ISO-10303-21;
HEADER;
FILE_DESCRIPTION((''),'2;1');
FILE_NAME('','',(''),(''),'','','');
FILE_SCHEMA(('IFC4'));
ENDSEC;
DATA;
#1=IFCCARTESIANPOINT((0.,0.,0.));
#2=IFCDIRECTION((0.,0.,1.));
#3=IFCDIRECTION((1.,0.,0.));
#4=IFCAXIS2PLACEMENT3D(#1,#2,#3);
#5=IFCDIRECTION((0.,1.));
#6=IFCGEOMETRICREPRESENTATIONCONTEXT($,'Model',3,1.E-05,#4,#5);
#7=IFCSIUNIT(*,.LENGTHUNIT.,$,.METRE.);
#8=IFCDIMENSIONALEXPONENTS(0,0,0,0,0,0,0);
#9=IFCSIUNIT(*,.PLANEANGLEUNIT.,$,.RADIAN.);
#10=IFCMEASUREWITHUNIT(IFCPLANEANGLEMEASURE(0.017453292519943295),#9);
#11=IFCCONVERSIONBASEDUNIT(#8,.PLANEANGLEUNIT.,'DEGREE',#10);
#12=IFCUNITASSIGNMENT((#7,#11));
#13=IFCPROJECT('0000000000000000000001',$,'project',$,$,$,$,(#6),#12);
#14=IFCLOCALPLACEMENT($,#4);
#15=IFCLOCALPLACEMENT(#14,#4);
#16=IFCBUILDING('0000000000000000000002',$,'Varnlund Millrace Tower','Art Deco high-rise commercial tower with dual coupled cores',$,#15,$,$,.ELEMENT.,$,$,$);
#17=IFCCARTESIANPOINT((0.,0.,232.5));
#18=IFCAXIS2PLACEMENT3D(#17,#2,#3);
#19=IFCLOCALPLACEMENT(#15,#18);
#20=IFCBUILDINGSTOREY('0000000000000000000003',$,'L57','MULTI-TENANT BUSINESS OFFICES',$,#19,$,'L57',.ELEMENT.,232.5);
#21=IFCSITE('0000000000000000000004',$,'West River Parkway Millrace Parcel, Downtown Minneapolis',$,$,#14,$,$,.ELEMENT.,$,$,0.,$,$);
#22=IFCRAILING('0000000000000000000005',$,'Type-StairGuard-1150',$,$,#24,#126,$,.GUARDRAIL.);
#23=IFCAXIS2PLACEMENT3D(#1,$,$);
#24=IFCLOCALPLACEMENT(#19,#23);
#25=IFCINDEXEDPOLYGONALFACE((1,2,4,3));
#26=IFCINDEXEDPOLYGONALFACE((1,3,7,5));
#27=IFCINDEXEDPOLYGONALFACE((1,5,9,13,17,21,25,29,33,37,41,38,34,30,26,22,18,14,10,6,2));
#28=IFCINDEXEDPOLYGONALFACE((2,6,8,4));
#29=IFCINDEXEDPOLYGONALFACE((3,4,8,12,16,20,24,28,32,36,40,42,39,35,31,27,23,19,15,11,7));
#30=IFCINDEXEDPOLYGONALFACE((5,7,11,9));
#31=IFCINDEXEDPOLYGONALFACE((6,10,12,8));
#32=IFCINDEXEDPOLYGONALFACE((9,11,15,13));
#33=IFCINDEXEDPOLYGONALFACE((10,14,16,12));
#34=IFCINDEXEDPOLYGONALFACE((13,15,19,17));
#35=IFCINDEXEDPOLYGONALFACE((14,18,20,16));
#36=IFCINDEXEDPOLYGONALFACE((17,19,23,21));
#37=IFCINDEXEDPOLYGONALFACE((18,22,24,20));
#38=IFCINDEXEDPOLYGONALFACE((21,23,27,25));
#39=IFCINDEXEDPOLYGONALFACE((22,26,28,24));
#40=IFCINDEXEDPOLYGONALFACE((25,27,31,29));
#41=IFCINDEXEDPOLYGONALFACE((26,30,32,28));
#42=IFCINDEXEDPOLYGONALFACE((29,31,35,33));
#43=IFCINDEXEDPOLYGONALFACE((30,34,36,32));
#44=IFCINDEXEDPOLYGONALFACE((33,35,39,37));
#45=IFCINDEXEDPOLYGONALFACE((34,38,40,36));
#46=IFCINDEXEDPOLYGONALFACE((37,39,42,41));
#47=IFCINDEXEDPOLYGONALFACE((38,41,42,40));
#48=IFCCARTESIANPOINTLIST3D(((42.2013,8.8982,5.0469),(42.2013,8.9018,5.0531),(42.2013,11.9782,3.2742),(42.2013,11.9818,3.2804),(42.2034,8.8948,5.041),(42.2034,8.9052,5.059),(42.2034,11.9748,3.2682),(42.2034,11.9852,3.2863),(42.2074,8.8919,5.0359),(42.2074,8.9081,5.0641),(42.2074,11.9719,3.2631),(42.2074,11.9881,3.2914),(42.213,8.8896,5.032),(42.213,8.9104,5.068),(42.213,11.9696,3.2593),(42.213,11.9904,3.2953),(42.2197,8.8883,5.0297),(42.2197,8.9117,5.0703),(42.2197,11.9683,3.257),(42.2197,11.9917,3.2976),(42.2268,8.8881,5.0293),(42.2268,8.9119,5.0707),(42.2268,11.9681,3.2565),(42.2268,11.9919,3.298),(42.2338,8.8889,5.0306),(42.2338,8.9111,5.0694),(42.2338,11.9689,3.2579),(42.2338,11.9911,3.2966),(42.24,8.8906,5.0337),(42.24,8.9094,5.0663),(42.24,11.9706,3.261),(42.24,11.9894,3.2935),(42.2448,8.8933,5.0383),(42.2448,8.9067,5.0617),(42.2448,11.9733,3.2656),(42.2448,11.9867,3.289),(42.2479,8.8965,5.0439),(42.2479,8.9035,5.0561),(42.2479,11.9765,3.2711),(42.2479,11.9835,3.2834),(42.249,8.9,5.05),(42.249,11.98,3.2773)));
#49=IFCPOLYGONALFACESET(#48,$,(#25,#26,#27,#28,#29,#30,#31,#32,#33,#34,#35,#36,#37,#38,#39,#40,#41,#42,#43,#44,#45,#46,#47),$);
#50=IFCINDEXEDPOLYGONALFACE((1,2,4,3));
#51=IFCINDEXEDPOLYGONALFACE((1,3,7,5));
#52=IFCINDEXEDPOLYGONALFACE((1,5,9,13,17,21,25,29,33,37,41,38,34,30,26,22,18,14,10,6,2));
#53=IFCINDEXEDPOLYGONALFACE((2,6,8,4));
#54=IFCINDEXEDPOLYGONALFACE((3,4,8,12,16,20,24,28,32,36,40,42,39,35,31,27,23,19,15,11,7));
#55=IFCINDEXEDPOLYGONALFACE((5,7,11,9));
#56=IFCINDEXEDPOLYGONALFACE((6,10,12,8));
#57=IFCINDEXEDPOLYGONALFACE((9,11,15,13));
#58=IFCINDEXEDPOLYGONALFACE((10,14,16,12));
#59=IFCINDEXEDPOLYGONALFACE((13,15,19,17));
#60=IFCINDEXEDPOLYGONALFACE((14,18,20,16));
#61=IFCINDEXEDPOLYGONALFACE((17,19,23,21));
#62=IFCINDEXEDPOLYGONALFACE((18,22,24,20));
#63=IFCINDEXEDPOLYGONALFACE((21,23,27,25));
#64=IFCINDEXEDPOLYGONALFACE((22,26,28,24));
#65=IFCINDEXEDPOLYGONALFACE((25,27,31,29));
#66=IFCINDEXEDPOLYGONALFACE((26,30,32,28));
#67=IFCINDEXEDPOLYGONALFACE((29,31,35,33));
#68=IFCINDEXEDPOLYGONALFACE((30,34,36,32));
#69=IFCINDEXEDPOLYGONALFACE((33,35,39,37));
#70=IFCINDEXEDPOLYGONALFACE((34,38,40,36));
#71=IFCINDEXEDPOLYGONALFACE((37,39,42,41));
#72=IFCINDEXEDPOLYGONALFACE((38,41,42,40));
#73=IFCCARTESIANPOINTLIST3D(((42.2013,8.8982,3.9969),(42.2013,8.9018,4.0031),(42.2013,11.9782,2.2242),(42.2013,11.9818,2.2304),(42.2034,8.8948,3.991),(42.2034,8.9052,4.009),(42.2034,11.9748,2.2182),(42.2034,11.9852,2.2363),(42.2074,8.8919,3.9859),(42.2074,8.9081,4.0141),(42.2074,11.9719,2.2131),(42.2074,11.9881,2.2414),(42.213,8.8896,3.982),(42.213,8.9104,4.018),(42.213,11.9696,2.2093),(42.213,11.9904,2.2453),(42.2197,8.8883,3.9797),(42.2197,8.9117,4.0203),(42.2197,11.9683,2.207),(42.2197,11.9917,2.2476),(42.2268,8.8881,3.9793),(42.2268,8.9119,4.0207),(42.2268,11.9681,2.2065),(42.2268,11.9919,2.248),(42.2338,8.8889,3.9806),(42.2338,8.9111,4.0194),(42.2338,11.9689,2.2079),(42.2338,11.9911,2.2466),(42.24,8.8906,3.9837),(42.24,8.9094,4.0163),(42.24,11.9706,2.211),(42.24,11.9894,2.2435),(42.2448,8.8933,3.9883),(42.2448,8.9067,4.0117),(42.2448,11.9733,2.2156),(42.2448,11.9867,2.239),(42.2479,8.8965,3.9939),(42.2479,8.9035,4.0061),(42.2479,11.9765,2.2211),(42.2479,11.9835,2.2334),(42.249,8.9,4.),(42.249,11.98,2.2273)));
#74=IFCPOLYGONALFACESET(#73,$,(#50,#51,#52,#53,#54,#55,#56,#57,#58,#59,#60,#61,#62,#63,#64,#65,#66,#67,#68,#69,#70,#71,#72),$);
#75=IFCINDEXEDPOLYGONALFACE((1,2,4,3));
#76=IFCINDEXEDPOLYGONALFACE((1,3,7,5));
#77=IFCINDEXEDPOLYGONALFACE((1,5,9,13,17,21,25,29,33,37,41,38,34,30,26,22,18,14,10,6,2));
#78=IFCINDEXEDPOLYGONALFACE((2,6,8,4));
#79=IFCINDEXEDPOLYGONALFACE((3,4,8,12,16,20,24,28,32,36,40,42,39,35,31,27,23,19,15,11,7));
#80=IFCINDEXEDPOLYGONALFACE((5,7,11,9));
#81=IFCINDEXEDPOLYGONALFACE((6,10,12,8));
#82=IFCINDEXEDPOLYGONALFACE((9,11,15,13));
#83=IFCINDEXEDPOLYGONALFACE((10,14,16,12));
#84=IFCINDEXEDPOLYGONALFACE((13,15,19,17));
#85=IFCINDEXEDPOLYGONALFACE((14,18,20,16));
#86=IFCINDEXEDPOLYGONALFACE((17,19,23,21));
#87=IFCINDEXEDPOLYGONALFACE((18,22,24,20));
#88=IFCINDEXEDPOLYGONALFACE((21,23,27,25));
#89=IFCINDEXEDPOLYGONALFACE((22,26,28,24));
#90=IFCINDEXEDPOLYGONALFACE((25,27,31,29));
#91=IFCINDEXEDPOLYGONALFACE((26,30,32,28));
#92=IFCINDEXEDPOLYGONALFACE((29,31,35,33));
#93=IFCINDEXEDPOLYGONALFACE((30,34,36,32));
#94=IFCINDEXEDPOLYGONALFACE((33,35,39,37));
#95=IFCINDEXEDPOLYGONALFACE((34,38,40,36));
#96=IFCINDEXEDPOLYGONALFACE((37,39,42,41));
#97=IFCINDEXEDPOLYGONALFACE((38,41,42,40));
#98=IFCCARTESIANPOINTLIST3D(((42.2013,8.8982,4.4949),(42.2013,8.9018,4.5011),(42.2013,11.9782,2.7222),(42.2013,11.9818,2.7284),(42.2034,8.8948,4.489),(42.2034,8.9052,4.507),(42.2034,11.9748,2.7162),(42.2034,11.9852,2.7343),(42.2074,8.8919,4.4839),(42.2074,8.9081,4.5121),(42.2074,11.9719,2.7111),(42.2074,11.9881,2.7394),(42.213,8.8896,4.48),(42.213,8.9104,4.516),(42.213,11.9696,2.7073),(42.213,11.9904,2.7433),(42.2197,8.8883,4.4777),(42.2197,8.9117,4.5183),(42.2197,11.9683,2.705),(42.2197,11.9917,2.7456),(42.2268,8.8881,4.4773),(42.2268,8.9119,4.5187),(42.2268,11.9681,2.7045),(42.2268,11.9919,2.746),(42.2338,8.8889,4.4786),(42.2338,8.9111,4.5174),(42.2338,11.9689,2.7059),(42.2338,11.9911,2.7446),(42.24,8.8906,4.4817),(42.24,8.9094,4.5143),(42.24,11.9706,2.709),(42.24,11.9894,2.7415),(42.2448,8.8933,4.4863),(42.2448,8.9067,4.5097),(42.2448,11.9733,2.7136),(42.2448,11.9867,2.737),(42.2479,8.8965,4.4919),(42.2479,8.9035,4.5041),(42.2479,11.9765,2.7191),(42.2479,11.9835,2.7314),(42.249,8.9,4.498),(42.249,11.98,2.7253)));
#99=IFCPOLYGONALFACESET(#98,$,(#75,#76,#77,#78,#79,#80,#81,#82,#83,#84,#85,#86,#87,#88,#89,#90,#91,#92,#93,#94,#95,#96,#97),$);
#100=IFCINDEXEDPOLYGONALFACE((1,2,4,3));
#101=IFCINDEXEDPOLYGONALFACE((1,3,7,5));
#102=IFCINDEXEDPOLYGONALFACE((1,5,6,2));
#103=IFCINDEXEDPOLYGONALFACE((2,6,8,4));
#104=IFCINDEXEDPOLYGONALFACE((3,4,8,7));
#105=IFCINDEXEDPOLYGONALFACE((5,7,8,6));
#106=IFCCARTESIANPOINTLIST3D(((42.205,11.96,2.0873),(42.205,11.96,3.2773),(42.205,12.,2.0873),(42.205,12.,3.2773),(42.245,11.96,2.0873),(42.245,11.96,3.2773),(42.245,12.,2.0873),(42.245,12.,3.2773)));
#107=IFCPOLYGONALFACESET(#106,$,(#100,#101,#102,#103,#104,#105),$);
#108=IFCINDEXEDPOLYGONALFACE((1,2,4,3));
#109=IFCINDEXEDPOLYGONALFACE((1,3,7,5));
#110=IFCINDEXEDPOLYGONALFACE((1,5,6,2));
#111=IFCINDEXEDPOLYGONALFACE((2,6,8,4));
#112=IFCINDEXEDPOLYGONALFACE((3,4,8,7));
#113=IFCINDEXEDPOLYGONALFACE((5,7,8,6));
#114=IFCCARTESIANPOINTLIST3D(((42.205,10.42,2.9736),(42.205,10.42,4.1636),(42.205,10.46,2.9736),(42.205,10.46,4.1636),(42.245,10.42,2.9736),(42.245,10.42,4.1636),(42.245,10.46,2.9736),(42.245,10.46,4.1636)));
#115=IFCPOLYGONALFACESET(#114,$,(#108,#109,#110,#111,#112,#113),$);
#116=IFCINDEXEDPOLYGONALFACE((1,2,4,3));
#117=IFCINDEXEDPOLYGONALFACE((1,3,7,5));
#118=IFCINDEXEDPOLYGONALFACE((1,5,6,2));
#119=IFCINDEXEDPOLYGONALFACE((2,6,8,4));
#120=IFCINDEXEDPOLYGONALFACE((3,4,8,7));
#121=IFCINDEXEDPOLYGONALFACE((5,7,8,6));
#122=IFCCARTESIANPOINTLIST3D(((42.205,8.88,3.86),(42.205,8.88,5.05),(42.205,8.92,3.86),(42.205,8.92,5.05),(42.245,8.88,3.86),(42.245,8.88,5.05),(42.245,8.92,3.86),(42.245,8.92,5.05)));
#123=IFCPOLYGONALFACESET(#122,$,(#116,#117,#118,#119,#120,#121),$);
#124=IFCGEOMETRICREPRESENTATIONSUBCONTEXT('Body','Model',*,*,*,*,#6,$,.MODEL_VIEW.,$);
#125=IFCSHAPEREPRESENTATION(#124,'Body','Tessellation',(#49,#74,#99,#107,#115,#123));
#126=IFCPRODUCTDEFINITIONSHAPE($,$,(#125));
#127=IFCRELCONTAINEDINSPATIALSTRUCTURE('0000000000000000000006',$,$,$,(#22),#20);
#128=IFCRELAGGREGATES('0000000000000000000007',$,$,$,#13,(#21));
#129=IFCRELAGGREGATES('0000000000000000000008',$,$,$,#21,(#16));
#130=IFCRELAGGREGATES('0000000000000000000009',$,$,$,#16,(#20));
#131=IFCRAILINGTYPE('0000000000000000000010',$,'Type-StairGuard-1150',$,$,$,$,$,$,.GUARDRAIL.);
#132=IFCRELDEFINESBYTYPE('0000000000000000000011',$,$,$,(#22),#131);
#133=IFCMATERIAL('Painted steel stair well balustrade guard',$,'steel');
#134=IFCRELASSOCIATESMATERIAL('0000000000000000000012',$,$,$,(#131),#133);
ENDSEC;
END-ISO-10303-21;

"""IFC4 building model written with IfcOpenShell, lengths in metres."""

from ifc_helpers import new_model, entity, si_unit, converted_unit, direction, frame, origin_with_axes, origin_2d_with_axis, place, context, subcontext, project, spatial, rectangle, circle, extrude, material, type_object, element, save


model = new_model("IFC4")

# Units and contexts
model_context = context("Model", 3, precision=1e-05, world=origin_with_axes(), true_north=direction((0.0, 1.0)))
body_context = subcontext(model_context, "Body", "Model", "MODEL_VIEW")
ifc_project = project(units=[si_unit("LENGTHUNIT", "METRE"), converted_unit("PLANEANGLEUNIT", "DEGREE", entity("IfcPlaneAngleMeasure", 0.017453292519943295), si_unit("PLANEANGLEUNIT", "RADIAN"), dimensions=[0, 0, 0, 0, 0, 0, 0])], contexts=[model_context])

# Site, building, storey
site_placement = place(None, origin_with_axes())
site = spatial("IfcSite", under=ifc_project, at=site_placement, Name="West River Parkway Millrace Parcel, Downtown Minneapolis", CompositionType="ELEMENT", RefElevation=0.0)
building_placement = place(site_placement, origin_with_axes())
building = spatial("IfcBuilding", under=site, at=building_placement, Name="Varnlund Millrace Tower", Description="Art Deco high-rise commercial tower with dual coupled cores", CompositionType="ELEMENT")
storey_placement = place(building_placement, frame((0.0, 0.0, 232.5), z_axis=(0.0, 0.0, 1.0), x_axis=(1.0, 0.0, 0.0)))
storey = spatial("IfcBuildingStorey", under=building, at=storey_placement, Name="L57", Description="MULTI-TENANT BUSINESS OFFICES", LongName="L57", CompositionType="ELEMENT", Elevation=232.5)

# Railing
ifc_material_1 = material(Name="Painted steel stair well balustrade guard", Category="steel")
railing_type_1 = type_object("IfcRailingType", Name="Type-StairGuard-1150", PredefinedType="GUARDRAIL", material=ifc_material_1)
railing_1_placement = place(storey_placement, frame((0.0, 0.0, -232.5), z_axis=(0.0, 0.0, 1.0), x_axis=(1.0, 0.0, 0.0)))
element("IfcRailing", 1, at=railing_1_placement, inside=storey, type_object=railing_type_1, Name="Type-StairGuard-1150", PredefinedType="GUARDRAIL", context=body_context, shape_type="SweptSolid", body=[
    extrude(circle(Radius=0.024, at=origin_2d_with_axis()), frame((42.225, 11.98, 235.7773), z_axis=(0.0, -0.866696, 0.498836), x_axis=(1.0, 0.0, 0.0)), (0.0, 0.0, 1.0), 3.5537),
    extrude(circle(Radius=0.024, at=origin_2d_with_axis()), frame((42.225, 11.98, 234.7273), z_axis=(0.0, -0.866696, 0.498836), x_axis=(1.0, 0.0, 0.0)), (0.0, 0.0, 1.0), 3.5537),
    extrude(circle(Radius=0.024, at=origin_2d_with_axis()), frame((42.225, 11.98, 235.2253), z_axis=(0.0, -0.866696, 0.498836), x_axis=(1.0, 0.0, 0.0)), (0.0, 0.0, 1.0), 3.5537),
    extrude(rectangle(XDim=0.04, YDim=0.04, at=origin_2d_with_axis()), frame((42.225, 11.98, 234.5873), z_axis=(0.0, 0.0, 1.0), x_axis=(1.0, 0.0, 0.0)), (0.0, 0.0, 1.0), 1.19),
    extrude(rectangle(XDim=0.04, YDim=0.04, at=origin_2d_with_axis()), frame((42.225, 10.44, 235.4736), z_axis=(0.0, 0.0, 1.0), x_axis=(1.0, 0.0, 0.0)), (0.0, 0.0, 1.0), 1.19),
    extrude(rectangle(XDim=0.04, YDim=0.04, at=origin_2d_with_axis()), frame((42.225, 8.9, 236.36), z_axis=(0.0, 0.0, 1.0), x_axis=(1.0, 0.0, 0.0)), (0.0, 0.0, 1.0), 1.19),
])

save(model, "model.ifc")
